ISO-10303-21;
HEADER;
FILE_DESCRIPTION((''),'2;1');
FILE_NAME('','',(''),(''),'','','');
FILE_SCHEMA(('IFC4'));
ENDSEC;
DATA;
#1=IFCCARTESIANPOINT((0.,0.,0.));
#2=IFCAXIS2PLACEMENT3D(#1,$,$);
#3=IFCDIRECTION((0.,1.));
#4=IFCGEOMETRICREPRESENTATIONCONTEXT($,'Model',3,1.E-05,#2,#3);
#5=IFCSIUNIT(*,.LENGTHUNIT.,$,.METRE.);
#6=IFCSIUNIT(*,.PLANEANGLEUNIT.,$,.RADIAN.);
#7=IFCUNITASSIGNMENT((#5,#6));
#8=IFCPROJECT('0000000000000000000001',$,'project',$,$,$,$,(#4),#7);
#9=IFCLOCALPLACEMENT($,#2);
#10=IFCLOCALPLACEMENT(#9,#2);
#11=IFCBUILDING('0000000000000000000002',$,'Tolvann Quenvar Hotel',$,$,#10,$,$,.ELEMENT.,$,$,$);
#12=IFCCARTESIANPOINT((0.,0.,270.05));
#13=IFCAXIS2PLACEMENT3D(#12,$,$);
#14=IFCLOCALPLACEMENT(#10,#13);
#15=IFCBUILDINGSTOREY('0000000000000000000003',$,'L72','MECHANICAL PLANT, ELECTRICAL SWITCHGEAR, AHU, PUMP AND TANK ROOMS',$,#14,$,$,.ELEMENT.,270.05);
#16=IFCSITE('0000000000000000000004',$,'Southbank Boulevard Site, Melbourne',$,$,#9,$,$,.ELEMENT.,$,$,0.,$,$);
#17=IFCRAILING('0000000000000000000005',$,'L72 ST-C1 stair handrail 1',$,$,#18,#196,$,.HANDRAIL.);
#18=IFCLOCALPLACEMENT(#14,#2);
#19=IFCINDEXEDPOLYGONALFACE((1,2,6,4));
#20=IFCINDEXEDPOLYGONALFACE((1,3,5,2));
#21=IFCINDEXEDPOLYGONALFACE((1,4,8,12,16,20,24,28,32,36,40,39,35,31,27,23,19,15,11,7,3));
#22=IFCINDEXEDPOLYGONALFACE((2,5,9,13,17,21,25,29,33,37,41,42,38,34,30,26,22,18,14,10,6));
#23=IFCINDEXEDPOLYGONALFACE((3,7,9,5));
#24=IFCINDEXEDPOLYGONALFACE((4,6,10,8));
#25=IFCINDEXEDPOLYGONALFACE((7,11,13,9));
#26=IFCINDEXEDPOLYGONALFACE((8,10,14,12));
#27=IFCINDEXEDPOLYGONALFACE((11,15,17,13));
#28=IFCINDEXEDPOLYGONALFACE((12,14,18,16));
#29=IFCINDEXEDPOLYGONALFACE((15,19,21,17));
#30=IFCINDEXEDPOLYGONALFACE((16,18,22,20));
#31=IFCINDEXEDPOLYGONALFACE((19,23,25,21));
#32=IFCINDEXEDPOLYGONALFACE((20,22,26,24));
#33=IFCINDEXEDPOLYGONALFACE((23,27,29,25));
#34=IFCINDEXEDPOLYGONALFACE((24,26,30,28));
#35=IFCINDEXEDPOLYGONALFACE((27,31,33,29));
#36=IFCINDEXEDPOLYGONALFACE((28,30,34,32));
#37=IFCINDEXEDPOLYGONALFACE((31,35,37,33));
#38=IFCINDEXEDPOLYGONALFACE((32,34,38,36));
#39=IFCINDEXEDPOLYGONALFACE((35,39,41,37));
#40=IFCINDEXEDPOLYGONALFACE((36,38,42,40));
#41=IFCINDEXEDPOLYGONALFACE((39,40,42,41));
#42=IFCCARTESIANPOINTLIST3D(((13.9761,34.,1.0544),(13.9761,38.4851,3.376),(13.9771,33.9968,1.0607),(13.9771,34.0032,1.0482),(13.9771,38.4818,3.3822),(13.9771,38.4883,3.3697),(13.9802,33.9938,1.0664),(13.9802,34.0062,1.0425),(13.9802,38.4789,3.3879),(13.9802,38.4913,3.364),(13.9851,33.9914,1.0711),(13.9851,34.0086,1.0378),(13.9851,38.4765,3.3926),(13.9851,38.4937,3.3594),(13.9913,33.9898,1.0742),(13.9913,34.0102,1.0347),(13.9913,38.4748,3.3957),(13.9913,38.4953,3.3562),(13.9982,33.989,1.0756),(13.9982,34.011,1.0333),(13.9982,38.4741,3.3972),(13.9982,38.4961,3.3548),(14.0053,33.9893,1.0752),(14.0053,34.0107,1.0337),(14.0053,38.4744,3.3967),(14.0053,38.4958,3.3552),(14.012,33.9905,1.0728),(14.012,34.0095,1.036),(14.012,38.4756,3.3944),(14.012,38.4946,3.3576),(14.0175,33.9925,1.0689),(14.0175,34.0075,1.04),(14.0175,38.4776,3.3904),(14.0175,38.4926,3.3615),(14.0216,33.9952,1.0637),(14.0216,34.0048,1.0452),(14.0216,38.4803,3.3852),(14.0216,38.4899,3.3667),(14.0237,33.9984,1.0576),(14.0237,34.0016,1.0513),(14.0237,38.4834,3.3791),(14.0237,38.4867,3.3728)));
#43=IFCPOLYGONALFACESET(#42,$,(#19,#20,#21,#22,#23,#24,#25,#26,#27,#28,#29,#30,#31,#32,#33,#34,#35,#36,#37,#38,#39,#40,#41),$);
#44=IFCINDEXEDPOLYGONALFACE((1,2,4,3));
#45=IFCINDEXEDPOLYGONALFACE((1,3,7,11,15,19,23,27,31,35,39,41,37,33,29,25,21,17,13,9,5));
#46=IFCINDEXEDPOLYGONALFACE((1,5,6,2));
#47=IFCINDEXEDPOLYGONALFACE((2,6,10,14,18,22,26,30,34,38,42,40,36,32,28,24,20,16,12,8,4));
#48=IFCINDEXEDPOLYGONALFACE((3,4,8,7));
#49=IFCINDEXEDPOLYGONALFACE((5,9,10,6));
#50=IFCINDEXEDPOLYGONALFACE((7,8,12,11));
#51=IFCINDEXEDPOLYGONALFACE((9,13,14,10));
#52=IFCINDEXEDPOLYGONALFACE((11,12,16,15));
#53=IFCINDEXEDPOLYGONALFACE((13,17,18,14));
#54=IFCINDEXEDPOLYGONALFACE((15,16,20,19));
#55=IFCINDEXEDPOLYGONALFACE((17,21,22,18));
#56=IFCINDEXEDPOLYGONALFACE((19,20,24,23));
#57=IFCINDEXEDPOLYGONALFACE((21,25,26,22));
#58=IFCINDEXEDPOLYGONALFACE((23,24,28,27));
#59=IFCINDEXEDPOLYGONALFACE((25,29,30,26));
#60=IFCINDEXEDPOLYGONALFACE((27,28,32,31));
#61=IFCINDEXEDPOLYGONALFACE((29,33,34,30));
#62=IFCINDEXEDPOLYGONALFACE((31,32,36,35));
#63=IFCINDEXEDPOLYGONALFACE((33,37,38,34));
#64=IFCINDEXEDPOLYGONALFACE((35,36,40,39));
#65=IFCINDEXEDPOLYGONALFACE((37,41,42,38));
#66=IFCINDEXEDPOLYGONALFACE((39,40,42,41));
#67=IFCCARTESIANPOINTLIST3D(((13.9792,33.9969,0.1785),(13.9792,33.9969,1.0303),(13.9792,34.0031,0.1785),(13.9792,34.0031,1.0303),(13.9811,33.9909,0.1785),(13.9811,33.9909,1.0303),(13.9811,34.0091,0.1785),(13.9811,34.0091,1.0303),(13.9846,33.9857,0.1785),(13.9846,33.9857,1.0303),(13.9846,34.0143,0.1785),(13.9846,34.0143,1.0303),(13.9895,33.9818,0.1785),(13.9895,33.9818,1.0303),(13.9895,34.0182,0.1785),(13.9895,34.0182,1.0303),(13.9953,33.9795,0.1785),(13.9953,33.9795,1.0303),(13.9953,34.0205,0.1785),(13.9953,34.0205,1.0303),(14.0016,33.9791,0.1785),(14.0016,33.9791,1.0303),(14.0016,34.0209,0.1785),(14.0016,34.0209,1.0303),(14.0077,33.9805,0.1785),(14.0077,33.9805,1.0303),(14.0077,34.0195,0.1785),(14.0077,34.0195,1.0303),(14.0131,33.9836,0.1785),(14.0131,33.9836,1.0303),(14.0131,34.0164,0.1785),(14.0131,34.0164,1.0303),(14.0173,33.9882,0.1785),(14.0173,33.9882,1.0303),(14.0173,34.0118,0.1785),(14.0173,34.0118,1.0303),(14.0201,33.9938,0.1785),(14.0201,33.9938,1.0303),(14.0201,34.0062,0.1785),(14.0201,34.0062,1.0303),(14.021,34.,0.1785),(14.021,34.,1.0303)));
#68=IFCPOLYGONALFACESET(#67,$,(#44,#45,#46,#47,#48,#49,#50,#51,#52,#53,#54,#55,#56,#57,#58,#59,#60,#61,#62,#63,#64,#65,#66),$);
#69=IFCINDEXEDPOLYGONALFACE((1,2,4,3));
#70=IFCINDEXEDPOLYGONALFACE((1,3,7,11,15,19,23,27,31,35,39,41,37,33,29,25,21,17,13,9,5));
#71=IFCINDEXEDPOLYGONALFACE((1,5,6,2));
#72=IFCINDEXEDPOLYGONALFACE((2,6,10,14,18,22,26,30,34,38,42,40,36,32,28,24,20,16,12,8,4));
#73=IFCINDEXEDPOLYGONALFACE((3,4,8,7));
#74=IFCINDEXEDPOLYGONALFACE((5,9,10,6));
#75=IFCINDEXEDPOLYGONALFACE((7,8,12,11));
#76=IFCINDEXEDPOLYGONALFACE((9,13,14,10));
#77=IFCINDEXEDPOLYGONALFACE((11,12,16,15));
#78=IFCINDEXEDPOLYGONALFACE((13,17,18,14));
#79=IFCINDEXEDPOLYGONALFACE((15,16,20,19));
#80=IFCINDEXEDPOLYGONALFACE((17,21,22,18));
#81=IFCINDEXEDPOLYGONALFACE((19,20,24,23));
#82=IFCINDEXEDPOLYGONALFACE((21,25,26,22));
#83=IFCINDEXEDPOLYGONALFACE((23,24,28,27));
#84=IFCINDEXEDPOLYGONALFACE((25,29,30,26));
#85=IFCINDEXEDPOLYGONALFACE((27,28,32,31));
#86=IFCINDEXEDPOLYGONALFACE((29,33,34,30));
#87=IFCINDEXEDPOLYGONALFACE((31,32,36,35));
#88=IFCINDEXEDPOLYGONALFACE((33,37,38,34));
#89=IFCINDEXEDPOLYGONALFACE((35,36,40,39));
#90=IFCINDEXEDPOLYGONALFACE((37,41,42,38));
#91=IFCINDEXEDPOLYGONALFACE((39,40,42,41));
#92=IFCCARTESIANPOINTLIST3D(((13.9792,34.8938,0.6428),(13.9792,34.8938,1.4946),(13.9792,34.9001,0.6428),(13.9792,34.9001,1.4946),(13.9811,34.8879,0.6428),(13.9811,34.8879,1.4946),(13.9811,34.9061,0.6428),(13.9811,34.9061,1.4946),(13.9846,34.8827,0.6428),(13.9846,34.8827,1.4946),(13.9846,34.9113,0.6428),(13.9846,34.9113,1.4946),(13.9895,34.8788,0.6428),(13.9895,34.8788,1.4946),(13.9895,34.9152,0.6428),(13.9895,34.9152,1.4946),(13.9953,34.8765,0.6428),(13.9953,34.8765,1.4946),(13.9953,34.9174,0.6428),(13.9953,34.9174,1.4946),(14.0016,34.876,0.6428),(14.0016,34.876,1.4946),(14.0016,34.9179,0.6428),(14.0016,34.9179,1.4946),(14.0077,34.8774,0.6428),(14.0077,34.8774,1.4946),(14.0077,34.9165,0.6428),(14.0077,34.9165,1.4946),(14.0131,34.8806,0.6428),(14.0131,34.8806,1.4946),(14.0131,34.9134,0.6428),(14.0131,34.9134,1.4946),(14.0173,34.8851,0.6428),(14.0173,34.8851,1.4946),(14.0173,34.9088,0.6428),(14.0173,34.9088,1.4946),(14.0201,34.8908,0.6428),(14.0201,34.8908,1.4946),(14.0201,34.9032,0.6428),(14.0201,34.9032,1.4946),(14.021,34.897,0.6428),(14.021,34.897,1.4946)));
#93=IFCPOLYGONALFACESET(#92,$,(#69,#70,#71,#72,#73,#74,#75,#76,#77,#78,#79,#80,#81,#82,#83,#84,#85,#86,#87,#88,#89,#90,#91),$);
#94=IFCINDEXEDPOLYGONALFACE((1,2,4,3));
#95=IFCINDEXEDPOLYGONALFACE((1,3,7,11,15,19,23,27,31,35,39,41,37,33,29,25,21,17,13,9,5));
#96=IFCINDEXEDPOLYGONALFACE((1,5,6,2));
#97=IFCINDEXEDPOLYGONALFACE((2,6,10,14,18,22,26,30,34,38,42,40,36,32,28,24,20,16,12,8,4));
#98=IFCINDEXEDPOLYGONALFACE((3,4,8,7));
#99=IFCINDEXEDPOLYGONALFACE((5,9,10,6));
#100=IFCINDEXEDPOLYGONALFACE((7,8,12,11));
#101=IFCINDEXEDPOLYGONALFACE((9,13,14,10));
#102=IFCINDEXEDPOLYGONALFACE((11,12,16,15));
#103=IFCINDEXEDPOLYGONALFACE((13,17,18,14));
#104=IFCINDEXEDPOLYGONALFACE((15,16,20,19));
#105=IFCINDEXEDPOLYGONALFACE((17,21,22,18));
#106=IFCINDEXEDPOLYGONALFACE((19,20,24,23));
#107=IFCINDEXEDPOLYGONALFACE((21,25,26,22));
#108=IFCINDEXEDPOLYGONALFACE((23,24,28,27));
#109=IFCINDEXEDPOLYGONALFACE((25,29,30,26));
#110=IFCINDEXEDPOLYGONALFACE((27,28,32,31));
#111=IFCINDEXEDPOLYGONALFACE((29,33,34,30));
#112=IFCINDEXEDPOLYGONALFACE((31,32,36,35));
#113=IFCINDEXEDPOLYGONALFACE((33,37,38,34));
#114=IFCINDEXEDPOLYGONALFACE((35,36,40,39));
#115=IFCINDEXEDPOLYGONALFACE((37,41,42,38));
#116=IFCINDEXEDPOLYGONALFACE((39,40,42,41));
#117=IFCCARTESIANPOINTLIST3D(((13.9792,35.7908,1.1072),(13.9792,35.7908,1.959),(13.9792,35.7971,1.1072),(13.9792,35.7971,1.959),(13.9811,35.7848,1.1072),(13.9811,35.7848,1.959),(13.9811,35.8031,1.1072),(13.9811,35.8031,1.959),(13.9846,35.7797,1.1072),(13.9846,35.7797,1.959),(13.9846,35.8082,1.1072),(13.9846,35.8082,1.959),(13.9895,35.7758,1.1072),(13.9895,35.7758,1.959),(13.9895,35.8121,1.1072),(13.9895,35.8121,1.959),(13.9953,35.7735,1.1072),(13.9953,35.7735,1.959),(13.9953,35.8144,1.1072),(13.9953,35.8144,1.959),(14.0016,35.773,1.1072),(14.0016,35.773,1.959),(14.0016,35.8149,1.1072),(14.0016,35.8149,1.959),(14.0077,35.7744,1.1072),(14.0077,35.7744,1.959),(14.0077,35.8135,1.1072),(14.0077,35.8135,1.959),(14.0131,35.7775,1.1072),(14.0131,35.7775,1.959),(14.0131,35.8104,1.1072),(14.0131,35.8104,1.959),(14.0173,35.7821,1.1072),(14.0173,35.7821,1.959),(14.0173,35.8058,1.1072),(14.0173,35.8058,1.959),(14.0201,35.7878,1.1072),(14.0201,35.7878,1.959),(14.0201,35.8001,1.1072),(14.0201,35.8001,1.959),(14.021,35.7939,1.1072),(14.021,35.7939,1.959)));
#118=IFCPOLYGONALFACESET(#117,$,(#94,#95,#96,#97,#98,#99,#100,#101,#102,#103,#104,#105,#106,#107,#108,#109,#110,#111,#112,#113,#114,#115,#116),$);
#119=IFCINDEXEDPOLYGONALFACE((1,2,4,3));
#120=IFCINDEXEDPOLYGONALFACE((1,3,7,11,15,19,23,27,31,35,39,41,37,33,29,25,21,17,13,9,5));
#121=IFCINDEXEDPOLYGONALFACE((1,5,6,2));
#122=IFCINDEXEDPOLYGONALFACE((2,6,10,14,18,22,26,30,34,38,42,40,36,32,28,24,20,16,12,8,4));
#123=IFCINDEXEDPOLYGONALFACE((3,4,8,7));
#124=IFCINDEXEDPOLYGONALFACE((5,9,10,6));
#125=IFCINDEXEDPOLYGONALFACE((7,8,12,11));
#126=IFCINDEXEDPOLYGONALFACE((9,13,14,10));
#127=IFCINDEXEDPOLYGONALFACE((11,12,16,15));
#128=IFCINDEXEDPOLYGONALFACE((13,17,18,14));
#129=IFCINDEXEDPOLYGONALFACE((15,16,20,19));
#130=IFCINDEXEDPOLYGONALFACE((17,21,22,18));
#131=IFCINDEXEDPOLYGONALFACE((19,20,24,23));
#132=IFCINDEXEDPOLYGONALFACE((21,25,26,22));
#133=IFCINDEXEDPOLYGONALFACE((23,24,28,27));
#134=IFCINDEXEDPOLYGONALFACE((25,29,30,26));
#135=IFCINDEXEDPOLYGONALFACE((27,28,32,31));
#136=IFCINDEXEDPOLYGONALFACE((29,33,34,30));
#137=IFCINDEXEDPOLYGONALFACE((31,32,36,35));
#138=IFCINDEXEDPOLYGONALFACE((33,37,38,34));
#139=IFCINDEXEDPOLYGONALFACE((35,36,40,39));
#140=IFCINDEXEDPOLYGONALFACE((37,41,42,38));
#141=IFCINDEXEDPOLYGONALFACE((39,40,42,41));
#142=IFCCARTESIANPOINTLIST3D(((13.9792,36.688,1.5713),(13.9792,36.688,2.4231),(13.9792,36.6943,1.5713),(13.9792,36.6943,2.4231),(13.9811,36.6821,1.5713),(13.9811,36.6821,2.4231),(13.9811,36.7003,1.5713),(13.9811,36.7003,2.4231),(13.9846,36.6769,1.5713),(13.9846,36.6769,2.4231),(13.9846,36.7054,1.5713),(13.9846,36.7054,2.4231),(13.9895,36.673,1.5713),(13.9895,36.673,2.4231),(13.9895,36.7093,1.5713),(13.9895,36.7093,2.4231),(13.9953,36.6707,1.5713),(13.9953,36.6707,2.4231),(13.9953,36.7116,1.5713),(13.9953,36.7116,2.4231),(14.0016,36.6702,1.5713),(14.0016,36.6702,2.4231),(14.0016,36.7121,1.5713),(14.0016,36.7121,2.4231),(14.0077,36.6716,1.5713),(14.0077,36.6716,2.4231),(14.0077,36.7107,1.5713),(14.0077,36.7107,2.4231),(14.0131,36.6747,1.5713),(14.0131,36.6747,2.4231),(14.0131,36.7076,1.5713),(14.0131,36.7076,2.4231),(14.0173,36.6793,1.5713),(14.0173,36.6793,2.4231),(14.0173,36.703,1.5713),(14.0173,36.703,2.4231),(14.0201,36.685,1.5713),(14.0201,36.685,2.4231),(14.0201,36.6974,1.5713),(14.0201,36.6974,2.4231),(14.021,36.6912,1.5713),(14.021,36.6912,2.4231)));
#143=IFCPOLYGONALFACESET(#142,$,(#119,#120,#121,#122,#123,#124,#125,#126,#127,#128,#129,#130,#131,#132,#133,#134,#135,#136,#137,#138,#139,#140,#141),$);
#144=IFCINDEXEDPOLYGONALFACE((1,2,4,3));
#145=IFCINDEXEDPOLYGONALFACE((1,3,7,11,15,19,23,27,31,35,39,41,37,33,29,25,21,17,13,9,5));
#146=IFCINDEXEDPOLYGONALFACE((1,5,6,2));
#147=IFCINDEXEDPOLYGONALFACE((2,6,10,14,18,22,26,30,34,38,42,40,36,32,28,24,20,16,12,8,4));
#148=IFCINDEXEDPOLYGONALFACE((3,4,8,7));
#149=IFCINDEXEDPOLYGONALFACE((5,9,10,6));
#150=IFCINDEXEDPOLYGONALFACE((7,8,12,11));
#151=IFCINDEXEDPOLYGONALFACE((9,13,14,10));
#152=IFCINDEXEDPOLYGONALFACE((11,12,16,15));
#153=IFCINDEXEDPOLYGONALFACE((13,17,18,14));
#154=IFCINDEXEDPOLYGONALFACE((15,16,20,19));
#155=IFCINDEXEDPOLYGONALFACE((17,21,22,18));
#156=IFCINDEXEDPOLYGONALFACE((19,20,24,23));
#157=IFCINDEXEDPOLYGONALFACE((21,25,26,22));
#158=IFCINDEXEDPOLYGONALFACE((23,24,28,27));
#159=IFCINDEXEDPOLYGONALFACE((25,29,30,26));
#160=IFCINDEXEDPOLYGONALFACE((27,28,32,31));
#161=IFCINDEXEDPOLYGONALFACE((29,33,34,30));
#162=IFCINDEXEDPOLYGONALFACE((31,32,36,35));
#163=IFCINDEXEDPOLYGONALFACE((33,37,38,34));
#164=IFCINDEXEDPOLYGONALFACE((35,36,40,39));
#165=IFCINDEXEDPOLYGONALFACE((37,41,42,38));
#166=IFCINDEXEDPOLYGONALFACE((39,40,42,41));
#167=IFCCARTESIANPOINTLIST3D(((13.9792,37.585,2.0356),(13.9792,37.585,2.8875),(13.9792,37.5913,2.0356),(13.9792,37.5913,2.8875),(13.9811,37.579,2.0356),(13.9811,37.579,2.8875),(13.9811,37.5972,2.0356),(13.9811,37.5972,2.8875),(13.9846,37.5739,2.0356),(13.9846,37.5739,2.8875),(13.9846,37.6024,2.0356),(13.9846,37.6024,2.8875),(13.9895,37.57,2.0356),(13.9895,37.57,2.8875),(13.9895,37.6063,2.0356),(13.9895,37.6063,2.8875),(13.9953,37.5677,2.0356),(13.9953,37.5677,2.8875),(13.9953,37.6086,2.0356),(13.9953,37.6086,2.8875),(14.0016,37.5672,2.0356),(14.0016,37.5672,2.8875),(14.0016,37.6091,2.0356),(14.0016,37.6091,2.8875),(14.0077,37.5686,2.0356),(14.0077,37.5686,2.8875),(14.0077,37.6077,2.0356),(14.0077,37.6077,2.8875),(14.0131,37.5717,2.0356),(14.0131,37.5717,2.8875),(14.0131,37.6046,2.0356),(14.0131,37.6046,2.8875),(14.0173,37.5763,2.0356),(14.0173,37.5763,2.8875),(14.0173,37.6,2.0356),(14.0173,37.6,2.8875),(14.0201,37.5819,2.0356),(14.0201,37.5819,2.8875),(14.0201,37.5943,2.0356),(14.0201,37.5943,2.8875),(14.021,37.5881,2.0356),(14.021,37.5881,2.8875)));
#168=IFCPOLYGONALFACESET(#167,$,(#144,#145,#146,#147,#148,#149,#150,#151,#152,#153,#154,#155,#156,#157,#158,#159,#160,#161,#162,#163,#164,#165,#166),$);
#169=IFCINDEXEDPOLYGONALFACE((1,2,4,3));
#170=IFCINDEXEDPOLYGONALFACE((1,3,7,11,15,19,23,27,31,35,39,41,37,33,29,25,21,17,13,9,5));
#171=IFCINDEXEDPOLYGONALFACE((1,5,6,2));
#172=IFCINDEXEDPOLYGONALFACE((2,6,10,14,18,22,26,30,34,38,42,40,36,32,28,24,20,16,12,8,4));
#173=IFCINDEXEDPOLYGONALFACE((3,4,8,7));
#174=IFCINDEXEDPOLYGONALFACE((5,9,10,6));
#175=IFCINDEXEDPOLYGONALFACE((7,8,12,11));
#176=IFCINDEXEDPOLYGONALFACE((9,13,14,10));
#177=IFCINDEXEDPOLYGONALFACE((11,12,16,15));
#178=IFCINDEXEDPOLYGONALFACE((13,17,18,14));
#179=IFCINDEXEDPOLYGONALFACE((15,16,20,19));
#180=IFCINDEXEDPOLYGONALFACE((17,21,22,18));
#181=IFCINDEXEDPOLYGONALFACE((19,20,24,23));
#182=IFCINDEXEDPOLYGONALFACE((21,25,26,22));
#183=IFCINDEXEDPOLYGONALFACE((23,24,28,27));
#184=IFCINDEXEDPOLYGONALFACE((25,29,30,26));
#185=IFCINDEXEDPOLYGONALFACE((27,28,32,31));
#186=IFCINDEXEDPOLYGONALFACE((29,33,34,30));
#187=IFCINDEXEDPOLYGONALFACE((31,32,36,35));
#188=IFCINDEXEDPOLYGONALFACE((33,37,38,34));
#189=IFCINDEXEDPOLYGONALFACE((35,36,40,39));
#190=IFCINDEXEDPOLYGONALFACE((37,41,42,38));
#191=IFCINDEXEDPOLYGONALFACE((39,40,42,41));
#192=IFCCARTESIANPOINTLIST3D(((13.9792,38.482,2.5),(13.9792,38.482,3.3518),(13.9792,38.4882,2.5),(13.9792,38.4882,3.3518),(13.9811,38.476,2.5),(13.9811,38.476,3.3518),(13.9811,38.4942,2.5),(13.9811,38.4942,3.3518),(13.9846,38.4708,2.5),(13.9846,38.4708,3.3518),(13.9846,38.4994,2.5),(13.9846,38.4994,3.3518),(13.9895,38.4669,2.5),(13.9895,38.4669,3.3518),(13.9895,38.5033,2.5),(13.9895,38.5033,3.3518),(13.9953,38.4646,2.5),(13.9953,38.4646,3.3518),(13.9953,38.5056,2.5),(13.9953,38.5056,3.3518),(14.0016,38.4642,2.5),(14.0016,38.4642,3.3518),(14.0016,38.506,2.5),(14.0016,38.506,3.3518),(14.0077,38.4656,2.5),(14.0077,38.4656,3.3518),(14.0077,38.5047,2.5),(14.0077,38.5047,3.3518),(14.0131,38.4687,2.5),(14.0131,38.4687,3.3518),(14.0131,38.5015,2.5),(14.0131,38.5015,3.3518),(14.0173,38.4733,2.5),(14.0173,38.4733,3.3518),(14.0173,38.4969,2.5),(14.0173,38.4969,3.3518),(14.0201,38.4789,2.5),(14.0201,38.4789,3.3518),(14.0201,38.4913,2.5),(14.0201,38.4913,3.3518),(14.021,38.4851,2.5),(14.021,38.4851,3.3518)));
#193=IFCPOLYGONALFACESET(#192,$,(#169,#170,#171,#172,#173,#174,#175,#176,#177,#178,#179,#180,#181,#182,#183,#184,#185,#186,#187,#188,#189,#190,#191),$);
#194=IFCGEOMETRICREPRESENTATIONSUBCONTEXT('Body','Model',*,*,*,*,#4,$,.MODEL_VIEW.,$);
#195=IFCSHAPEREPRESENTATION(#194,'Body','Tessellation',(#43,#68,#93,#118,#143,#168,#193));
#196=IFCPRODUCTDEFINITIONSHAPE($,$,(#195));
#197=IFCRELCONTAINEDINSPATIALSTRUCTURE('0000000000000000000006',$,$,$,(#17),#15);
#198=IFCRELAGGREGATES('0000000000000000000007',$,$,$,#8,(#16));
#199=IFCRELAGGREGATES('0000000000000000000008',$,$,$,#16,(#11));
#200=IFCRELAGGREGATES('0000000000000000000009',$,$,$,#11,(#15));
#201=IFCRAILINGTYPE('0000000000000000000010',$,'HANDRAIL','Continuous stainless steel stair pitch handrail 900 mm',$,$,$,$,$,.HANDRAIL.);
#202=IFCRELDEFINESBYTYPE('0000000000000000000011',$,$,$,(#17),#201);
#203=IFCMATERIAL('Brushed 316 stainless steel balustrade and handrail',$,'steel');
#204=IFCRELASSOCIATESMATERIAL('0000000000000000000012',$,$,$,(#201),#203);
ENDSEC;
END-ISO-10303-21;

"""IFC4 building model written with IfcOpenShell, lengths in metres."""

from ifc_helpers import new_model, si_unit, direction, frame, origin, origin_2d, place, context, subcontext, project, spatial, circle, extrude, material, type_object, element, save


model = new_model("IFC4")

# Units and contexts
model_context = context("Model", 3, precision=1e-05, world=origin(), true_north=direction((0.0, 1.0)))
body_context = subcontext(model_context, "Body", "Model", "MODEL_VIEW")
ifc_project = project(units=[si_unit("LENGTHUNIT", "METRE"), si_unit("PLANEANGLEUNIT", "RADIAN")], contexts=[model_context])

# Site, building, storey
site_placement = place(None, origin())
site = spatial("IfcSite", under=ifc_project, at=site_placement, Name="Southbank Boulevard Site, Melbourne", CompositionType="ELEMENT", RefElevation=0.0)
building_placement = place(site_placement, origin())
building = spatial("IfcBuilding", under=site, at=building_placement, Name="Tolvann Quenvar Hotel", CompositionType="ELEMENT")
storey_placement = place(building_placement, frame((0.0, 0.0, 270.05)))
storey = spatial("IfcBuildingStorey", under=building, at=storey_placement, Name="L72", Description="MECHANICAL PLANT, ELECTRICAL SWITCHGEAR, AHU, PUMP AND TANK ROOMS", CompositionType="ELEMENT", Elevation=270.05)

# Railing
ifc_material_1 = material(Name="Brushed 316 stainless steel balustrade and handrail", Category="steel")
railing_type_1 = type_object("IfcRailingType", Name="HANDRAIL", Description="Continuous stainless steel stair pitch handrail 900 mm", PredefinedType="HANDRAIL", material=ifc_material_1)
railing_1_placement = place(storey_placement, frame((14.0, 34.0, 0.1785)))
element("IfcRailing", 1, at=railing_1_placement, inside=storey, type_object=railing_type_1, Name="L72 ST-C1 stair handrail 1", PredefinedType="HANDRAIL", context=body_context, shape_type="SweptSolid", body=[
    extrude(circle(Radius=0.0239, at=origin_2d()), frame((0.0, 0.0, 0.876), z_axis=(0.0, 0.888084, 0.459681), x_axis=(-1.0, 0.0, 0.0)), (0.0, 0.0, 1.0), 5.0503),
    extrude(circle(Radius=0.021, at=origin_2d()), origin(), (0.0, 0.0, 1.0), 0.8518),
    extrude(circle(Radius=0.021, at=origin_2d()), frame((0.0, 0.897, 0.4644)), (0.0, 0.0, 1.0), 0.8518),
    extrude(circle(Radius=0.021, at=origin_2d()), frame((0.0, 1.7939, 0.9287)), (0.0, 0.0, 1.0), 0.8518),
    extrude(circle(Radius=0.021, at=origin_2d()), frame((0.0, 2.6912, 1.3928)), (0.0, 0.0, 1.0), 0.8518),
    extrude(circle(Radius=0.021, at=origin_2d()), frame((0.0, 3.5881, 1.8572)), (0.0, 0.0, 1.0), 0.8518),
    extrude(circle(Radius=0.021, at=origin_2d()), frame((0.0, 4.4851, 2.3215)), (0.0, 0.0, 1.0), 0.8518),
])

save(model, "model.ifc")
